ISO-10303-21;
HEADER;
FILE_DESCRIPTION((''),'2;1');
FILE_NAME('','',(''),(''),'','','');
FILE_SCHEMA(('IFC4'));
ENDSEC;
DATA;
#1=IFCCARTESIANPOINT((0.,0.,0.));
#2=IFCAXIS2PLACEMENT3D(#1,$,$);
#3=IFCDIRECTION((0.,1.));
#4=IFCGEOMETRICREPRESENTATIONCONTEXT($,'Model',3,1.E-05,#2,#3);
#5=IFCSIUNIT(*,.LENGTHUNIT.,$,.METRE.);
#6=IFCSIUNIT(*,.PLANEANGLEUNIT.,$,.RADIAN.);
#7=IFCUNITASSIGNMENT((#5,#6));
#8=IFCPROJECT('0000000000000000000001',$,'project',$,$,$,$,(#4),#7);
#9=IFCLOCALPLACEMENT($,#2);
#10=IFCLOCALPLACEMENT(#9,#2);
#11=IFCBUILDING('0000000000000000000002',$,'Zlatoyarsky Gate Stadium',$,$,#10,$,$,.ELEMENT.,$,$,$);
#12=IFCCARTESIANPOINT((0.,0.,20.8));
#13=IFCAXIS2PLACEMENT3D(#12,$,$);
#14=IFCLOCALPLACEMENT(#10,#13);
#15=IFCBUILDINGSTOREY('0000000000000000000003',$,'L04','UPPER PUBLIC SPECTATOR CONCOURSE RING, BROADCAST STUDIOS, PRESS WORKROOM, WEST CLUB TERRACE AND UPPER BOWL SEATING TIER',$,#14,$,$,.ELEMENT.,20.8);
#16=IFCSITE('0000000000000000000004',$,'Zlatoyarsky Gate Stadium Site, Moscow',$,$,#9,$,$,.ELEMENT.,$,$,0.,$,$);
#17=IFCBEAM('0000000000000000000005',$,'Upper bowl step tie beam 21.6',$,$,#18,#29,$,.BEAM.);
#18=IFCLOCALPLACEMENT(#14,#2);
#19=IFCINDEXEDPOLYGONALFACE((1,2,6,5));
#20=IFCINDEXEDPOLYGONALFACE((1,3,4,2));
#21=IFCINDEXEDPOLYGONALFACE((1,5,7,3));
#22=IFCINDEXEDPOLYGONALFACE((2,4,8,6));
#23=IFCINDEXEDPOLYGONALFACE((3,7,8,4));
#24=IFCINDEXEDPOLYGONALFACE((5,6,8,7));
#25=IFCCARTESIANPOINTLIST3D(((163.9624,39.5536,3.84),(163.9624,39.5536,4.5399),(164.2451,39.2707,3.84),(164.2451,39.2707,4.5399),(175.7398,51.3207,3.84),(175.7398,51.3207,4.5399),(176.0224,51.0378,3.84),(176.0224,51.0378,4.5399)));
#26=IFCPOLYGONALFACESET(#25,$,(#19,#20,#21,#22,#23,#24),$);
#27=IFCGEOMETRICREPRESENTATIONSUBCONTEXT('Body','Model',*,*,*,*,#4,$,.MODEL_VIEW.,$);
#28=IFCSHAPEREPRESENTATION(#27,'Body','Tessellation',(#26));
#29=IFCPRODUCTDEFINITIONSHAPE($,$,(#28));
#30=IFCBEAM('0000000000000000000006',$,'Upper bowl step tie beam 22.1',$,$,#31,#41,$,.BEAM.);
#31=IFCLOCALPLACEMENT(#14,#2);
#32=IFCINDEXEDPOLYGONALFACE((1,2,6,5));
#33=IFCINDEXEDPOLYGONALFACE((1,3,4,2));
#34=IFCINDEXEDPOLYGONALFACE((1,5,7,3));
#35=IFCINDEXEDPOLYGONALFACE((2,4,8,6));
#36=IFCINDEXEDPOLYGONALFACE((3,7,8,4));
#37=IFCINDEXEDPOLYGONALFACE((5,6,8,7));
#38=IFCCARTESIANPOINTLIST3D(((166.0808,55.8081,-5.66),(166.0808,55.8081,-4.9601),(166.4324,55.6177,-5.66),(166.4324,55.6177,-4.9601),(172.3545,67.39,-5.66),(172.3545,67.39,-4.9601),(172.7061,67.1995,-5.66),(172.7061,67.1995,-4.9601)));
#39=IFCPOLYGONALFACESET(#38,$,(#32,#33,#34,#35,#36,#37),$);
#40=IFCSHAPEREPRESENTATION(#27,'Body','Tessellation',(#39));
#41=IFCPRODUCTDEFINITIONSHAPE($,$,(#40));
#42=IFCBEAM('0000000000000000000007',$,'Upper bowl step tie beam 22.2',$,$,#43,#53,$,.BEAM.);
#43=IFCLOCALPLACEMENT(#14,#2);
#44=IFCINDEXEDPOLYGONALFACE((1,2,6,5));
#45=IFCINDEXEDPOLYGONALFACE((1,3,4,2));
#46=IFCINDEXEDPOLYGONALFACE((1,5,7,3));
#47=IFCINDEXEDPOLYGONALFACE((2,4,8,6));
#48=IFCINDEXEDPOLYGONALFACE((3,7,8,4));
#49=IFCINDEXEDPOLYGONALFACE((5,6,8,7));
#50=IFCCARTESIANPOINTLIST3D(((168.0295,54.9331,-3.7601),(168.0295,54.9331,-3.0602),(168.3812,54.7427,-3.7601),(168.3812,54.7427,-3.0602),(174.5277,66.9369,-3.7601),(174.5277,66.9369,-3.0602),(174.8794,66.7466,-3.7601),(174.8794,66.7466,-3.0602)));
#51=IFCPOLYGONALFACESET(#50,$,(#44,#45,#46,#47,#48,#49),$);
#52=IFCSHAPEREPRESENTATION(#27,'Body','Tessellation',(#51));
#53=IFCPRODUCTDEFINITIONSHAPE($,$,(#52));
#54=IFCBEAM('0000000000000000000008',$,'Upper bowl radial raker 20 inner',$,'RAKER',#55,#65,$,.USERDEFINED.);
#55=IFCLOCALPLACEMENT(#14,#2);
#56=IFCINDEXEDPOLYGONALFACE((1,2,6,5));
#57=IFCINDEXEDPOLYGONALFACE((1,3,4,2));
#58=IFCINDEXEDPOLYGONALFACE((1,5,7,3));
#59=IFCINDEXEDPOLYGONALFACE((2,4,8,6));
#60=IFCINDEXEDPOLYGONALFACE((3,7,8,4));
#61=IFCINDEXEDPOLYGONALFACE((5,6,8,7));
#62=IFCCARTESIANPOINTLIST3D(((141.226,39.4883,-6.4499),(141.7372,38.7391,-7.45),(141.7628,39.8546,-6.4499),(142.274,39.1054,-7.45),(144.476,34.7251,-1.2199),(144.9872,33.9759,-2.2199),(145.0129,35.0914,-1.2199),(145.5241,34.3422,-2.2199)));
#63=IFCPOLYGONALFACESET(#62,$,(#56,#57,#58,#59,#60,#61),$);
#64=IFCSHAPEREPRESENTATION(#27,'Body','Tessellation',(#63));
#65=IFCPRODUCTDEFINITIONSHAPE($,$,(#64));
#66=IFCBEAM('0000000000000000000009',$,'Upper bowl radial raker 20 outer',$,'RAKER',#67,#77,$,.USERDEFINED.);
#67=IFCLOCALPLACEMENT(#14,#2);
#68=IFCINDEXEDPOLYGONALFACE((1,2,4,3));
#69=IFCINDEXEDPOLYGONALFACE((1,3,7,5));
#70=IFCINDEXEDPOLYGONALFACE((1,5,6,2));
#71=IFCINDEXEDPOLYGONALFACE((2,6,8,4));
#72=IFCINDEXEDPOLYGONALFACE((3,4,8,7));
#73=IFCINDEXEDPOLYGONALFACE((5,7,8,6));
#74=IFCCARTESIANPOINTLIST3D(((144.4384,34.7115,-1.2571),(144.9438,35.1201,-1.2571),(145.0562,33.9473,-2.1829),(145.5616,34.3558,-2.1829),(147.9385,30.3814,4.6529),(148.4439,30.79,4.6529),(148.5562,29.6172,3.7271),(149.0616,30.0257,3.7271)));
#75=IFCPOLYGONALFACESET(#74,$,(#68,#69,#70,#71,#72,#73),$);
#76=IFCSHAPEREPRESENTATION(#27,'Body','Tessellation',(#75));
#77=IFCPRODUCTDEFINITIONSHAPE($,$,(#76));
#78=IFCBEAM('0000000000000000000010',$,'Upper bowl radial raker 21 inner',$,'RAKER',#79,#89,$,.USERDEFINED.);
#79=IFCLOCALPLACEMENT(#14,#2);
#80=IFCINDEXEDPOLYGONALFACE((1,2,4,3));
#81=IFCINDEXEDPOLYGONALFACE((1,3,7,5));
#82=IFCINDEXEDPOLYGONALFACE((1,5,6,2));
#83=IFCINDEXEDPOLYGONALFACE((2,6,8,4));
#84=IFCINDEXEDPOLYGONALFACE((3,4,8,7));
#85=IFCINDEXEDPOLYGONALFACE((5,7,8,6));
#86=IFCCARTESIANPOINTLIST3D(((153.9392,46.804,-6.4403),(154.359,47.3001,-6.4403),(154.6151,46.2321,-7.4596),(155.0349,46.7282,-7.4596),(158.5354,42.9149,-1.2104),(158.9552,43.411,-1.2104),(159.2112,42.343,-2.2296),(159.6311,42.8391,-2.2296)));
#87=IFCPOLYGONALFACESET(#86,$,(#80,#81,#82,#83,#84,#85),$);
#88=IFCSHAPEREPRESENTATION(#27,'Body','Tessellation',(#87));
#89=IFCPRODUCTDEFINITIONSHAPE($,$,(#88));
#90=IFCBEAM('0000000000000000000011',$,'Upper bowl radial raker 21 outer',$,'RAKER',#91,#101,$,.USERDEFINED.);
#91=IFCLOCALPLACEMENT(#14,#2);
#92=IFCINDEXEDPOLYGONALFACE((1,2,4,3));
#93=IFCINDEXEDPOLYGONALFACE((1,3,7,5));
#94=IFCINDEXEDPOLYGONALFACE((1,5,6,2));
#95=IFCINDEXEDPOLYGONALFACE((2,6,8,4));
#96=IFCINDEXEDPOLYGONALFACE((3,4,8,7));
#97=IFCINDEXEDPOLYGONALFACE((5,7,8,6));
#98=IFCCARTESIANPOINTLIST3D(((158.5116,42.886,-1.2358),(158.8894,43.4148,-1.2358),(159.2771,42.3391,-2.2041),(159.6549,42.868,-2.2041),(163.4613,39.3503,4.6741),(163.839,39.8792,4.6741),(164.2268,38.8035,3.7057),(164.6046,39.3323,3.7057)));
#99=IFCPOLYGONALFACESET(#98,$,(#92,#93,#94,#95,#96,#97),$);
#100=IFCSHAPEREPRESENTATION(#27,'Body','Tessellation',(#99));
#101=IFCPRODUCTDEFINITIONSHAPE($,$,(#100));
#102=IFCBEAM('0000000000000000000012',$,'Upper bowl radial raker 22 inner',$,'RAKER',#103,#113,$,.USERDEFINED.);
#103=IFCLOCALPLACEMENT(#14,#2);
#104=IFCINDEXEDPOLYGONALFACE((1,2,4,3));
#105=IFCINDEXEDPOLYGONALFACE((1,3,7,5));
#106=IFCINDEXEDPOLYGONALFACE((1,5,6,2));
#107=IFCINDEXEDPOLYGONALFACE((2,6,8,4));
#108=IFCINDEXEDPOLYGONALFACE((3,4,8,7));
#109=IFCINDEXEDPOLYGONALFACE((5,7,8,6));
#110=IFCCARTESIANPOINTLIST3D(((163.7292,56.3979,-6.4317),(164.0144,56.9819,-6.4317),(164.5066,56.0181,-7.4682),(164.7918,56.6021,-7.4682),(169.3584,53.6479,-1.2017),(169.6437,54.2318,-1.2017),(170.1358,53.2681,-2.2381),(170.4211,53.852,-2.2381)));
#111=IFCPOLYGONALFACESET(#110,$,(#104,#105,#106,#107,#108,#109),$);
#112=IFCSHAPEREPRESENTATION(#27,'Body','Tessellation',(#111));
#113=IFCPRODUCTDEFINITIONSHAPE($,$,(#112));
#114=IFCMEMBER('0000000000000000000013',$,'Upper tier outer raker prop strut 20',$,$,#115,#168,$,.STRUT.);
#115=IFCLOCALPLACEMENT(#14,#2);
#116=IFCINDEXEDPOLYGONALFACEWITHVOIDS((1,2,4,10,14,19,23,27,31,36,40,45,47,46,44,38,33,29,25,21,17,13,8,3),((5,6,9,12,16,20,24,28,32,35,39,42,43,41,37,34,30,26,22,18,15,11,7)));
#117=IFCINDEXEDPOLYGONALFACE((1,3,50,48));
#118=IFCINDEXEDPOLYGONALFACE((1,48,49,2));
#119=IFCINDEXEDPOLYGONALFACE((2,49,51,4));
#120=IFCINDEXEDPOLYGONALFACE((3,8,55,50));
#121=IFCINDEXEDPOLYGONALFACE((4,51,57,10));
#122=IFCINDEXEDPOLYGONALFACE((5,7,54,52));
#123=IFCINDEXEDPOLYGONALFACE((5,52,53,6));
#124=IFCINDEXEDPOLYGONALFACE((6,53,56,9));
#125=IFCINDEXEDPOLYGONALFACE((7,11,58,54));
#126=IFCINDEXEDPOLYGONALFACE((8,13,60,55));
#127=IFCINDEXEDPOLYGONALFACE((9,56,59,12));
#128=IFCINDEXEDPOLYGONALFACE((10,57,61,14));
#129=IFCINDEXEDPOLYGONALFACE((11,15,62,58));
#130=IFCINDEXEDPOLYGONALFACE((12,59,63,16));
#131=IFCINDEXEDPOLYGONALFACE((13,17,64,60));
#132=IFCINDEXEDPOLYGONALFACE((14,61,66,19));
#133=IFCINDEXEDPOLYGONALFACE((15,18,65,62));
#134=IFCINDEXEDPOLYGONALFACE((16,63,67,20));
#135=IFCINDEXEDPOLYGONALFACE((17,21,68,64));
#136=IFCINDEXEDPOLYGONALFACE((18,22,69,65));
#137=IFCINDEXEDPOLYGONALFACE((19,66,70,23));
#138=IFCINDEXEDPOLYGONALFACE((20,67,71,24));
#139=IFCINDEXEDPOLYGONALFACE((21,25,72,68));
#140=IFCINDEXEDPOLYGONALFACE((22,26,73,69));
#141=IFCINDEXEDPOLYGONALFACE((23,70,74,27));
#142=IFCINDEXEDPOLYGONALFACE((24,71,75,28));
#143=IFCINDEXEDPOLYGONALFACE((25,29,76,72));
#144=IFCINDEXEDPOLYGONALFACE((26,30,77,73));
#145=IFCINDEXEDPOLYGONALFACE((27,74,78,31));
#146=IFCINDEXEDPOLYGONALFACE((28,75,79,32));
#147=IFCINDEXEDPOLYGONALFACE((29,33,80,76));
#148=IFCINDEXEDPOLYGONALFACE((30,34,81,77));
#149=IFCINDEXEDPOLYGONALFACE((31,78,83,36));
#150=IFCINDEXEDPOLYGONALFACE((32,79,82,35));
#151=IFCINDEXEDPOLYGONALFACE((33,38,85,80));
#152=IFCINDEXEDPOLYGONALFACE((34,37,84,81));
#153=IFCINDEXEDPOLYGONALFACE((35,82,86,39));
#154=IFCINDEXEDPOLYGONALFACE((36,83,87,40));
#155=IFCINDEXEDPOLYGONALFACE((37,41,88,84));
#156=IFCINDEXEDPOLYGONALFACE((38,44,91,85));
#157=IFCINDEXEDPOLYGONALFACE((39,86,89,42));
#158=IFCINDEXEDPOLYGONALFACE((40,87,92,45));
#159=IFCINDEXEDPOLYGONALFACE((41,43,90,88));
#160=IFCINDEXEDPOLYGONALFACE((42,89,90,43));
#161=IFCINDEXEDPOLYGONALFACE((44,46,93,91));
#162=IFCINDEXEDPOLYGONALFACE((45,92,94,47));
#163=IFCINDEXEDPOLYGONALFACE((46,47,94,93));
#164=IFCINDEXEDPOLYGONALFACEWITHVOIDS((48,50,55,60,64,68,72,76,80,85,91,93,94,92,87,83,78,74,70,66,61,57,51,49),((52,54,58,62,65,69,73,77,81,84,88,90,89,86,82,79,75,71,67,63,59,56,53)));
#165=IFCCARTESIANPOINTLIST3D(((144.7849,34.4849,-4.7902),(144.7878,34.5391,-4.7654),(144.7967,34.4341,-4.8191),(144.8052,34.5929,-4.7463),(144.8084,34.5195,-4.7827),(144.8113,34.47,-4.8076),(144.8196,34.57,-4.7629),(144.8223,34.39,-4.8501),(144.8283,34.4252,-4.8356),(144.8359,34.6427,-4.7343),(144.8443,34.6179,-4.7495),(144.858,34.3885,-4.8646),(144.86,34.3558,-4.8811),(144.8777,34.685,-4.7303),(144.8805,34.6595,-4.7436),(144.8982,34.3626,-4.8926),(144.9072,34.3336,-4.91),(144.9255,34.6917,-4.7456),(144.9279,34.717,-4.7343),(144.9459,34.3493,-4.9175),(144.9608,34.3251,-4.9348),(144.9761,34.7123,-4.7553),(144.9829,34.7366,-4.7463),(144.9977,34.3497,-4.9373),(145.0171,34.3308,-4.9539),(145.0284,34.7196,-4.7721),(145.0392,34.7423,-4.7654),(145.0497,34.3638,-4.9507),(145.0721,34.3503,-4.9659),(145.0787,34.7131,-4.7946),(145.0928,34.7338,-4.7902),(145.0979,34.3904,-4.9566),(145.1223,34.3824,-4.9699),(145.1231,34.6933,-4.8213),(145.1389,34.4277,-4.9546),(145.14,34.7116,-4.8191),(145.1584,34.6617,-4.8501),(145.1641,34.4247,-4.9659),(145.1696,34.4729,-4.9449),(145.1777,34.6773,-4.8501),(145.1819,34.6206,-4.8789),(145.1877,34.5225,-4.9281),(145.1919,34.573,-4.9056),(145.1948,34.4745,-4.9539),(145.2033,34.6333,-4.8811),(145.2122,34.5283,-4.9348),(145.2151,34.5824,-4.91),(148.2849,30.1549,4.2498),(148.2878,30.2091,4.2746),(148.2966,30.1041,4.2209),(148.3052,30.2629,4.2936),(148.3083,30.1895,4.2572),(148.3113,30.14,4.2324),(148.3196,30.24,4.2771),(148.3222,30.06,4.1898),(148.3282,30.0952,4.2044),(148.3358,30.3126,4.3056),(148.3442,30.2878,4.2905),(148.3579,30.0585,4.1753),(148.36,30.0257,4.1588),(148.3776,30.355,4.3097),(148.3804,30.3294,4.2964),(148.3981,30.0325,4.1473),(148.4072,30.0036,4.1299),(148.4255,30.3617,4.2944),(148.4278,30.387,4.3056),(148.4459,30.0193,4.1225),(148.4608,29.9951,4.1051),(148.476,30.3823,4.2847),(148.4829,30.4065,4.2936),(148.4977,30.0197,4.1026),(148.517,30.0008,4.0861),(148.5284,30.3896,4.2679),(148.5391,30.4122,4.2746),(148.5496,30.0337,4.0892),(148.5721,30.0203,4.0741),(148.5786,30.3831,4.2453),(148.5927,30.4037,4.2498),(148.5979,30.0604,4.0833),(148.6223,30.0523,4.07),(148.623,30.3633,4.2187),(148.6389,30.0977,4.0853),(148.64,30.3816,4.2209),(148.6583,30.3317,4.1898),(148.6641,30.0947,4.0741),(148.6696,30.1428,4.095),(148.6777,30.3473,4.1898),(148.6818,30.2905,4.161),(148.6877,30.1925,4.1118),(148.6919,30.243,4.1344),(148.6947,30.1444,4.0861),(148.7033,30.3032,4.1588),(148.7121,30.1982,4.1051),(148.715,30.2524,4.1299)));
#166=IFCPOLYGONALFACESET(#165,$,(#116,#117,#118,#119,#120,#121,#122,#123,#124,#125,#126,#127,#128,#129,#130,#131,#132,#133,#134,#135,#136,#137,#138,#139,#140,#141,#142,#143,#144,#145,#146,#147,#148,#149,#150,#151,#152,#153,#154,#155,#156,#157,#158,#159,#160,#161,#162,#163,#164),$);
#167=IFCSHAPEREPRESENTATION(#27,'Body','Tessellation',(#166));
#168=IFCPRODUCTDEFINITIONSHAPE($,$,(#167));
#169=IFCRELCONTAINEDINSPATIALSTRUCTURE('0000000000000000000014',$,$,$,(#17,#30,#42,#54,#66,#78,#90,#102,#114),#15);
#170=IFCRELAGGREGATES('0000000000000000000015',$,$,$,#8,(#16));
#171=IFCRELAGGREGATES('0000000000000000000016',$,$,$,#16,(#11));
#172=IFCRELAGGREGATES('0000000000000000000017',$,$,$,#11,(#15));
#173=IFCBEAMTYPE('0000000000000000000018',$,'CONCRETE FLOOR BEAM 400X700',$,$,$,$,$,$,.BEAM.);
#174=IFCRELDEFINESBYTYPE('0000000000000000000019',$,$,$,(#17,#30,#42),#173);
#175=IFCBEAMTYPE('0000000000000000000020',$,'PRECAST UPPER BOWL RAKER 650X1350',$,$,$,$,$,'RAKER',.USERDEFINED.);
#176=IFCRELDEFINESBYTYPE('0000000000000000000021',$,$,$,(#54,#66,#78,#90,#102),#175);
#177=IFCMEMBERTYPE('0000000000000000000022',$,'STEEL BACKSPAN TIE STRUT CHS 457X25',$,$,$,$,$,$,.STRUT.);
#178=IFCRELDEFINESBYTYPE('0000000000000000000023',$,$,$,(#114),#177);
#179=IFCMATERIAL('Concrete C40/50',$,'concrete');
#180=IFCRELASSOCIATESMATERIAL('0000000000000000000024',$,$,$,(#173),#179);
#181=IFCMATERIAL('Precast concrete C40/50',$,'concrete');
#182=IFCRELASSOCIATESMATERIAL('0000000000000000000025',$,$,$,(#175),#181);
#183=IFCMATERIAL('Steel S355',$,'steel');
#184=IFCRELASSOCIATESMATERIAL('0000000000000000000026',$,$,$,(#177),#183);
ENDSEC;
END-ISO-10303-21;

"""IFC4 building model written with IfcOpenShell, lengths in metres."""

from ifc_helpers import new_model, si_unit, direction, frame, origin, origin_2d, place, context, subcontext, project, spatial, rectangle, hollow_circle, extrude, material, material_profile, profile_set, type_object, element, save


model = new_model("IFC4")

# Units and contexts
model_context = context("Model", 3, precision=1e-05, world=origin(), true_north=direction((0.0, 1.0)))
body_context = subcontext(model_context, "Body", "Model", "MODEL_VIEW")
ifc_project = project(units=[si_unit("LENGTHUNIT", "METRE"), si_unit("PLANEANGLEUNIT", "RADIAN")], contexts=[model_context])

# Site, building, storey
site_placement = place(None, origin())
site = spatial("IfcSite", under=ifc_project, at=site_placement, Name="Zlatoyarsky Gate Stadium Site, Moscow", CompositionType="ELEMENT", RefElevation=0.0)
building_placement = place(site_placement, origin())
building = spatial("IfcBuilding", under=site, at=building_placement, Name="Zlatoyarsky Gate Stadium", CompositionType="ELEMENT")
storey_placement = place(building_placement, frame((0.0, 0.0, 20.8)))
storey = spatial("IfcBuildingStorey", under=building, at=storey_placement, Name="L04", Description="UPPER PUBLIC SPECTATOR CONCOURSE RING, BROADCAST STUDIOS, PRESS WORKROOM, WEST CLUB TERRACE AND UPPER BOWL SEATING TIER", CompositionType="ELEMENT", Elevation=20.8)

# Shared definitions
ifc_material_1 = material(Name="Steel S355", Category="steel")

# Beams
ifc_material_2 = material(Name="Concrete C40/50", Category="concrete")
ifc_material_profile_1 = material_profile(ifc_material_2, rectangle(XDim=0.3999, YDim=0.7, at=origin_2d()), Name="RC BEAM 400X700")
ifc_profile_set_1 = profile_set([ifc_material_profile_1], Name="Concrete C40/50")
beam_type_1 = type_object("IfcBeamType", Name="CONCRETE FLOOR BEAM 400X700", PredefinedType="BEAM", material=ifc_profile_set_1)
beam_1_placement = place(storey_placement, frame((164.1038, 39.4121, 4.1899), z_axis=(0.707415, 0.706799, 0.0), x_axis=(-0.706799, 0.707415, 0.0)))
element("IfcBeam", 1, at=beam_1_placement, inside=storey, type_object=beam_type_1, Name="Upper bowl step tie beam 21.6", PredefinedType="BEAM", context=body_context, shape_type="SweptSolid", body=[
    extrude(rectangle(XDim=0.3999, YDim=0.7, at=origin_2d()), origin(), (0.0, 0.0, 1.0), 16.6484),
])
beam_2_placement = place(storey_placement, frame((166.2566, 55.7129, -5.3101), z_axis=(0.476296, 0.879285, 0.0), x_axis=(-0.879285, 0.476296, 0.0)))
element("IfcBeam", 2, at=beam_2_placement, inside=storey, type_object=beam_type_1, Name="Upper bowl step tie beam 22.1", PredefinedType="BEAM", context=body_context, shape_type="SweptSolid", body=[
    extrude(rectangle(XDim=0.3999, YDim=0.7, at=origin_2d()), origin(), (0.0, 0.0, 1.0), 13.1719),
])
beam_3_placement = place(storey_placement, frame((168.2053, 54.8379, -3.4102), z_axis=(0.476066, 0.879409, 0.0), x_axis=(-0.879409, 0.476066, 0.0)))
element("IfcBeam", 3, at=beam_3_placement, inside=storey, type_object=beam_type_1, Name="Upper bowl step tie beam 22.2", PredefinedType="BEAM", context=body_context, shape_type="SweptSolid", body=[
    extrude(rectangle(XDim=0.3999, YDim=0.7, at=origin_2d()), origin(), (0.0, 0.0, 1.0), 13.6499),
])
ifc_material_3 = material(Name="Precast concrete C40/50", Category="concrete")
ifc_material_profile_2 = material_profile(ifc_material_3, rectangle(XDim=0.6499, YDim=1.3501, at=origin_2d()), Name="PC RAKER 650X1350")
ifc_profile_set_2 = profile_set([ifc_material_profile_2], Name="Precast concrete C40/50")
beam_type_2 = type_object("IfcBeamType", Name="PRECAST UPPER BOWL RAKER 650X1350", ElementType="RAKER", PredefinedType="USERDEFINED", material=ifc_profile_set_2)
beam_4_placement = place(storey_placement, frame((141.75, 39.2969, -6.95), z_axis=(0.41748, -0.611857, 0.671819), x_axis=(0.826036, 0.563618, 0.0)))
element("IfcBeam", 4, at=beam_4_placement, inside=storey, type_object=beam_type_2, Name="Upper bowl radial raker 20 inner", ObjectType="RAKER", PredefinedType="USERDEFINED", context=body_context, shape_type="SweptSolid", body=[
    extrude(rectangle(XDim=0.6499, YDim=1.3501, at=origin_2d()), origin(), (0.0, 0.0, 1.0), 7.7849),
])
beam_5_placement = place(storey_placement, frame((145.0, 34.5337, -1.72), z_axis=(0.43106, -0.533292, 0.727865), x_axis=(0.77771, 0.628623, 0.0)))
element("IfcBeam", 5, at=beam_5_placement, inside=storey, type_object=beam_type_2, Name="Upper bowl radial raker 20 outer", ObjectType="RAKER", PredefinedType="USERDEFINED", context=body_context, shape_type="SweptSolid", body=[
    extrude(rectangle(XDim=0.6499, YDim=1.3501, at=origin_2d()), origin(), (0.0, 0.0, 1.0), 8.1196),
])
beam_6_placement = place(storey_placement, frame((154.4871, 46.7661, -6.95), z_axis=(0.576313, -0.487659, 0.655783), x_axis=(0.64595, 0.76338, 0.0)))
element("IfcBeam", 6, at=beam_6_placement, inside=storey, type_object=beam_type_2, Name="Upper bowl radial raker 21 inner", ObjectType="RAKER", PredefinedType="USERDEFINED", context=body_context, shape_type="SweptSolid", body=[
    extrude(rectangle(XDim=0.6499, YDim=1.3501, at=origin_2d()), origin(), (0.0, 0.0, 1.0), 7.9751),
])
beam_7_placement = place(storey_placement, frame((159.0833, 42.877, -1.72), z_axis=(0.583623, -0.41689, 0.696841), x_axis=(0.581253, 0.813723, 0.0)))
element("IfcBeam", 7, at=beam_7_placement, inside=storey, type_object=beam_type_2, Name="Upper bowl radial raker 21 outer", ObjectType="RAKER", PredefinedType="USERDEFINED", context=body_context, shape_type="SweptSolid", body=[
    extrude(rectangle(XDim=0.6499, YDim=1.3501, at=origin_2d()), origin(), (0.0, 0.0, 1.0), 8.481),
])
beam_8_placement = place(storey_placement, frame((164.2605, 56.5, -6.95), z_axis=(0.689759, -0.336967, 0.640848), x_axis=(0.438949, 0.898512, 0.0)))
element("IfcBeam", 8, at=beam_8_placement, inside=storey, type_object=beam_type_2, Name="Upper bowl radial raker 22 inner", ObjectType="RAKER", PredefinedType="USERDEFINED", context=body_context, shape_type="SweptSolid", body=[
    extrude(rectangle(XDim=0.6499, YDim=1.3501, at=origin_2d()), origin(), (0.0, 0.0, 1.0), 8.1611),
])

# Member
ifc_material_profile_3 = material_profile(ifc_material_1, hollow_circle(Radius=0.2285, WallThickness=0.0249, at=origin_2d()), Name="CHS 457X25")
ifc_profile_set_3 = profile_set([ifc_material_profile_3], Name="Steel S355")
member_type = type_object("IfcMemberType", Name="STEEL BACKSPAN TIE STRUT CHS 457X25", PredefinedType="STRUT", material=ifc_profile_set_3)
member_1_placement = place(storey_placement, frame((145.0, 34.5337, -4.8501), z_axis=(0.329658, -0.407842, 0.851464), x_axis=(0.77771, 0.628623, 0.0)))
element("IfcMember", 9, at=member_1_placement, inside=storey, type_object=member_type, Name="Upper tier outer raker prop strut 20", PredefinedType="STRUT", context=body_context, shape_type="SweptSolid", body=[
    extrude(hollow_circle(Radius=0.2285, WallThickness=0.0249, at=origin_2d()), origin(), (0.0, 0.0, 1.0), 10.6169),
])

save(model, "model.ifc")
